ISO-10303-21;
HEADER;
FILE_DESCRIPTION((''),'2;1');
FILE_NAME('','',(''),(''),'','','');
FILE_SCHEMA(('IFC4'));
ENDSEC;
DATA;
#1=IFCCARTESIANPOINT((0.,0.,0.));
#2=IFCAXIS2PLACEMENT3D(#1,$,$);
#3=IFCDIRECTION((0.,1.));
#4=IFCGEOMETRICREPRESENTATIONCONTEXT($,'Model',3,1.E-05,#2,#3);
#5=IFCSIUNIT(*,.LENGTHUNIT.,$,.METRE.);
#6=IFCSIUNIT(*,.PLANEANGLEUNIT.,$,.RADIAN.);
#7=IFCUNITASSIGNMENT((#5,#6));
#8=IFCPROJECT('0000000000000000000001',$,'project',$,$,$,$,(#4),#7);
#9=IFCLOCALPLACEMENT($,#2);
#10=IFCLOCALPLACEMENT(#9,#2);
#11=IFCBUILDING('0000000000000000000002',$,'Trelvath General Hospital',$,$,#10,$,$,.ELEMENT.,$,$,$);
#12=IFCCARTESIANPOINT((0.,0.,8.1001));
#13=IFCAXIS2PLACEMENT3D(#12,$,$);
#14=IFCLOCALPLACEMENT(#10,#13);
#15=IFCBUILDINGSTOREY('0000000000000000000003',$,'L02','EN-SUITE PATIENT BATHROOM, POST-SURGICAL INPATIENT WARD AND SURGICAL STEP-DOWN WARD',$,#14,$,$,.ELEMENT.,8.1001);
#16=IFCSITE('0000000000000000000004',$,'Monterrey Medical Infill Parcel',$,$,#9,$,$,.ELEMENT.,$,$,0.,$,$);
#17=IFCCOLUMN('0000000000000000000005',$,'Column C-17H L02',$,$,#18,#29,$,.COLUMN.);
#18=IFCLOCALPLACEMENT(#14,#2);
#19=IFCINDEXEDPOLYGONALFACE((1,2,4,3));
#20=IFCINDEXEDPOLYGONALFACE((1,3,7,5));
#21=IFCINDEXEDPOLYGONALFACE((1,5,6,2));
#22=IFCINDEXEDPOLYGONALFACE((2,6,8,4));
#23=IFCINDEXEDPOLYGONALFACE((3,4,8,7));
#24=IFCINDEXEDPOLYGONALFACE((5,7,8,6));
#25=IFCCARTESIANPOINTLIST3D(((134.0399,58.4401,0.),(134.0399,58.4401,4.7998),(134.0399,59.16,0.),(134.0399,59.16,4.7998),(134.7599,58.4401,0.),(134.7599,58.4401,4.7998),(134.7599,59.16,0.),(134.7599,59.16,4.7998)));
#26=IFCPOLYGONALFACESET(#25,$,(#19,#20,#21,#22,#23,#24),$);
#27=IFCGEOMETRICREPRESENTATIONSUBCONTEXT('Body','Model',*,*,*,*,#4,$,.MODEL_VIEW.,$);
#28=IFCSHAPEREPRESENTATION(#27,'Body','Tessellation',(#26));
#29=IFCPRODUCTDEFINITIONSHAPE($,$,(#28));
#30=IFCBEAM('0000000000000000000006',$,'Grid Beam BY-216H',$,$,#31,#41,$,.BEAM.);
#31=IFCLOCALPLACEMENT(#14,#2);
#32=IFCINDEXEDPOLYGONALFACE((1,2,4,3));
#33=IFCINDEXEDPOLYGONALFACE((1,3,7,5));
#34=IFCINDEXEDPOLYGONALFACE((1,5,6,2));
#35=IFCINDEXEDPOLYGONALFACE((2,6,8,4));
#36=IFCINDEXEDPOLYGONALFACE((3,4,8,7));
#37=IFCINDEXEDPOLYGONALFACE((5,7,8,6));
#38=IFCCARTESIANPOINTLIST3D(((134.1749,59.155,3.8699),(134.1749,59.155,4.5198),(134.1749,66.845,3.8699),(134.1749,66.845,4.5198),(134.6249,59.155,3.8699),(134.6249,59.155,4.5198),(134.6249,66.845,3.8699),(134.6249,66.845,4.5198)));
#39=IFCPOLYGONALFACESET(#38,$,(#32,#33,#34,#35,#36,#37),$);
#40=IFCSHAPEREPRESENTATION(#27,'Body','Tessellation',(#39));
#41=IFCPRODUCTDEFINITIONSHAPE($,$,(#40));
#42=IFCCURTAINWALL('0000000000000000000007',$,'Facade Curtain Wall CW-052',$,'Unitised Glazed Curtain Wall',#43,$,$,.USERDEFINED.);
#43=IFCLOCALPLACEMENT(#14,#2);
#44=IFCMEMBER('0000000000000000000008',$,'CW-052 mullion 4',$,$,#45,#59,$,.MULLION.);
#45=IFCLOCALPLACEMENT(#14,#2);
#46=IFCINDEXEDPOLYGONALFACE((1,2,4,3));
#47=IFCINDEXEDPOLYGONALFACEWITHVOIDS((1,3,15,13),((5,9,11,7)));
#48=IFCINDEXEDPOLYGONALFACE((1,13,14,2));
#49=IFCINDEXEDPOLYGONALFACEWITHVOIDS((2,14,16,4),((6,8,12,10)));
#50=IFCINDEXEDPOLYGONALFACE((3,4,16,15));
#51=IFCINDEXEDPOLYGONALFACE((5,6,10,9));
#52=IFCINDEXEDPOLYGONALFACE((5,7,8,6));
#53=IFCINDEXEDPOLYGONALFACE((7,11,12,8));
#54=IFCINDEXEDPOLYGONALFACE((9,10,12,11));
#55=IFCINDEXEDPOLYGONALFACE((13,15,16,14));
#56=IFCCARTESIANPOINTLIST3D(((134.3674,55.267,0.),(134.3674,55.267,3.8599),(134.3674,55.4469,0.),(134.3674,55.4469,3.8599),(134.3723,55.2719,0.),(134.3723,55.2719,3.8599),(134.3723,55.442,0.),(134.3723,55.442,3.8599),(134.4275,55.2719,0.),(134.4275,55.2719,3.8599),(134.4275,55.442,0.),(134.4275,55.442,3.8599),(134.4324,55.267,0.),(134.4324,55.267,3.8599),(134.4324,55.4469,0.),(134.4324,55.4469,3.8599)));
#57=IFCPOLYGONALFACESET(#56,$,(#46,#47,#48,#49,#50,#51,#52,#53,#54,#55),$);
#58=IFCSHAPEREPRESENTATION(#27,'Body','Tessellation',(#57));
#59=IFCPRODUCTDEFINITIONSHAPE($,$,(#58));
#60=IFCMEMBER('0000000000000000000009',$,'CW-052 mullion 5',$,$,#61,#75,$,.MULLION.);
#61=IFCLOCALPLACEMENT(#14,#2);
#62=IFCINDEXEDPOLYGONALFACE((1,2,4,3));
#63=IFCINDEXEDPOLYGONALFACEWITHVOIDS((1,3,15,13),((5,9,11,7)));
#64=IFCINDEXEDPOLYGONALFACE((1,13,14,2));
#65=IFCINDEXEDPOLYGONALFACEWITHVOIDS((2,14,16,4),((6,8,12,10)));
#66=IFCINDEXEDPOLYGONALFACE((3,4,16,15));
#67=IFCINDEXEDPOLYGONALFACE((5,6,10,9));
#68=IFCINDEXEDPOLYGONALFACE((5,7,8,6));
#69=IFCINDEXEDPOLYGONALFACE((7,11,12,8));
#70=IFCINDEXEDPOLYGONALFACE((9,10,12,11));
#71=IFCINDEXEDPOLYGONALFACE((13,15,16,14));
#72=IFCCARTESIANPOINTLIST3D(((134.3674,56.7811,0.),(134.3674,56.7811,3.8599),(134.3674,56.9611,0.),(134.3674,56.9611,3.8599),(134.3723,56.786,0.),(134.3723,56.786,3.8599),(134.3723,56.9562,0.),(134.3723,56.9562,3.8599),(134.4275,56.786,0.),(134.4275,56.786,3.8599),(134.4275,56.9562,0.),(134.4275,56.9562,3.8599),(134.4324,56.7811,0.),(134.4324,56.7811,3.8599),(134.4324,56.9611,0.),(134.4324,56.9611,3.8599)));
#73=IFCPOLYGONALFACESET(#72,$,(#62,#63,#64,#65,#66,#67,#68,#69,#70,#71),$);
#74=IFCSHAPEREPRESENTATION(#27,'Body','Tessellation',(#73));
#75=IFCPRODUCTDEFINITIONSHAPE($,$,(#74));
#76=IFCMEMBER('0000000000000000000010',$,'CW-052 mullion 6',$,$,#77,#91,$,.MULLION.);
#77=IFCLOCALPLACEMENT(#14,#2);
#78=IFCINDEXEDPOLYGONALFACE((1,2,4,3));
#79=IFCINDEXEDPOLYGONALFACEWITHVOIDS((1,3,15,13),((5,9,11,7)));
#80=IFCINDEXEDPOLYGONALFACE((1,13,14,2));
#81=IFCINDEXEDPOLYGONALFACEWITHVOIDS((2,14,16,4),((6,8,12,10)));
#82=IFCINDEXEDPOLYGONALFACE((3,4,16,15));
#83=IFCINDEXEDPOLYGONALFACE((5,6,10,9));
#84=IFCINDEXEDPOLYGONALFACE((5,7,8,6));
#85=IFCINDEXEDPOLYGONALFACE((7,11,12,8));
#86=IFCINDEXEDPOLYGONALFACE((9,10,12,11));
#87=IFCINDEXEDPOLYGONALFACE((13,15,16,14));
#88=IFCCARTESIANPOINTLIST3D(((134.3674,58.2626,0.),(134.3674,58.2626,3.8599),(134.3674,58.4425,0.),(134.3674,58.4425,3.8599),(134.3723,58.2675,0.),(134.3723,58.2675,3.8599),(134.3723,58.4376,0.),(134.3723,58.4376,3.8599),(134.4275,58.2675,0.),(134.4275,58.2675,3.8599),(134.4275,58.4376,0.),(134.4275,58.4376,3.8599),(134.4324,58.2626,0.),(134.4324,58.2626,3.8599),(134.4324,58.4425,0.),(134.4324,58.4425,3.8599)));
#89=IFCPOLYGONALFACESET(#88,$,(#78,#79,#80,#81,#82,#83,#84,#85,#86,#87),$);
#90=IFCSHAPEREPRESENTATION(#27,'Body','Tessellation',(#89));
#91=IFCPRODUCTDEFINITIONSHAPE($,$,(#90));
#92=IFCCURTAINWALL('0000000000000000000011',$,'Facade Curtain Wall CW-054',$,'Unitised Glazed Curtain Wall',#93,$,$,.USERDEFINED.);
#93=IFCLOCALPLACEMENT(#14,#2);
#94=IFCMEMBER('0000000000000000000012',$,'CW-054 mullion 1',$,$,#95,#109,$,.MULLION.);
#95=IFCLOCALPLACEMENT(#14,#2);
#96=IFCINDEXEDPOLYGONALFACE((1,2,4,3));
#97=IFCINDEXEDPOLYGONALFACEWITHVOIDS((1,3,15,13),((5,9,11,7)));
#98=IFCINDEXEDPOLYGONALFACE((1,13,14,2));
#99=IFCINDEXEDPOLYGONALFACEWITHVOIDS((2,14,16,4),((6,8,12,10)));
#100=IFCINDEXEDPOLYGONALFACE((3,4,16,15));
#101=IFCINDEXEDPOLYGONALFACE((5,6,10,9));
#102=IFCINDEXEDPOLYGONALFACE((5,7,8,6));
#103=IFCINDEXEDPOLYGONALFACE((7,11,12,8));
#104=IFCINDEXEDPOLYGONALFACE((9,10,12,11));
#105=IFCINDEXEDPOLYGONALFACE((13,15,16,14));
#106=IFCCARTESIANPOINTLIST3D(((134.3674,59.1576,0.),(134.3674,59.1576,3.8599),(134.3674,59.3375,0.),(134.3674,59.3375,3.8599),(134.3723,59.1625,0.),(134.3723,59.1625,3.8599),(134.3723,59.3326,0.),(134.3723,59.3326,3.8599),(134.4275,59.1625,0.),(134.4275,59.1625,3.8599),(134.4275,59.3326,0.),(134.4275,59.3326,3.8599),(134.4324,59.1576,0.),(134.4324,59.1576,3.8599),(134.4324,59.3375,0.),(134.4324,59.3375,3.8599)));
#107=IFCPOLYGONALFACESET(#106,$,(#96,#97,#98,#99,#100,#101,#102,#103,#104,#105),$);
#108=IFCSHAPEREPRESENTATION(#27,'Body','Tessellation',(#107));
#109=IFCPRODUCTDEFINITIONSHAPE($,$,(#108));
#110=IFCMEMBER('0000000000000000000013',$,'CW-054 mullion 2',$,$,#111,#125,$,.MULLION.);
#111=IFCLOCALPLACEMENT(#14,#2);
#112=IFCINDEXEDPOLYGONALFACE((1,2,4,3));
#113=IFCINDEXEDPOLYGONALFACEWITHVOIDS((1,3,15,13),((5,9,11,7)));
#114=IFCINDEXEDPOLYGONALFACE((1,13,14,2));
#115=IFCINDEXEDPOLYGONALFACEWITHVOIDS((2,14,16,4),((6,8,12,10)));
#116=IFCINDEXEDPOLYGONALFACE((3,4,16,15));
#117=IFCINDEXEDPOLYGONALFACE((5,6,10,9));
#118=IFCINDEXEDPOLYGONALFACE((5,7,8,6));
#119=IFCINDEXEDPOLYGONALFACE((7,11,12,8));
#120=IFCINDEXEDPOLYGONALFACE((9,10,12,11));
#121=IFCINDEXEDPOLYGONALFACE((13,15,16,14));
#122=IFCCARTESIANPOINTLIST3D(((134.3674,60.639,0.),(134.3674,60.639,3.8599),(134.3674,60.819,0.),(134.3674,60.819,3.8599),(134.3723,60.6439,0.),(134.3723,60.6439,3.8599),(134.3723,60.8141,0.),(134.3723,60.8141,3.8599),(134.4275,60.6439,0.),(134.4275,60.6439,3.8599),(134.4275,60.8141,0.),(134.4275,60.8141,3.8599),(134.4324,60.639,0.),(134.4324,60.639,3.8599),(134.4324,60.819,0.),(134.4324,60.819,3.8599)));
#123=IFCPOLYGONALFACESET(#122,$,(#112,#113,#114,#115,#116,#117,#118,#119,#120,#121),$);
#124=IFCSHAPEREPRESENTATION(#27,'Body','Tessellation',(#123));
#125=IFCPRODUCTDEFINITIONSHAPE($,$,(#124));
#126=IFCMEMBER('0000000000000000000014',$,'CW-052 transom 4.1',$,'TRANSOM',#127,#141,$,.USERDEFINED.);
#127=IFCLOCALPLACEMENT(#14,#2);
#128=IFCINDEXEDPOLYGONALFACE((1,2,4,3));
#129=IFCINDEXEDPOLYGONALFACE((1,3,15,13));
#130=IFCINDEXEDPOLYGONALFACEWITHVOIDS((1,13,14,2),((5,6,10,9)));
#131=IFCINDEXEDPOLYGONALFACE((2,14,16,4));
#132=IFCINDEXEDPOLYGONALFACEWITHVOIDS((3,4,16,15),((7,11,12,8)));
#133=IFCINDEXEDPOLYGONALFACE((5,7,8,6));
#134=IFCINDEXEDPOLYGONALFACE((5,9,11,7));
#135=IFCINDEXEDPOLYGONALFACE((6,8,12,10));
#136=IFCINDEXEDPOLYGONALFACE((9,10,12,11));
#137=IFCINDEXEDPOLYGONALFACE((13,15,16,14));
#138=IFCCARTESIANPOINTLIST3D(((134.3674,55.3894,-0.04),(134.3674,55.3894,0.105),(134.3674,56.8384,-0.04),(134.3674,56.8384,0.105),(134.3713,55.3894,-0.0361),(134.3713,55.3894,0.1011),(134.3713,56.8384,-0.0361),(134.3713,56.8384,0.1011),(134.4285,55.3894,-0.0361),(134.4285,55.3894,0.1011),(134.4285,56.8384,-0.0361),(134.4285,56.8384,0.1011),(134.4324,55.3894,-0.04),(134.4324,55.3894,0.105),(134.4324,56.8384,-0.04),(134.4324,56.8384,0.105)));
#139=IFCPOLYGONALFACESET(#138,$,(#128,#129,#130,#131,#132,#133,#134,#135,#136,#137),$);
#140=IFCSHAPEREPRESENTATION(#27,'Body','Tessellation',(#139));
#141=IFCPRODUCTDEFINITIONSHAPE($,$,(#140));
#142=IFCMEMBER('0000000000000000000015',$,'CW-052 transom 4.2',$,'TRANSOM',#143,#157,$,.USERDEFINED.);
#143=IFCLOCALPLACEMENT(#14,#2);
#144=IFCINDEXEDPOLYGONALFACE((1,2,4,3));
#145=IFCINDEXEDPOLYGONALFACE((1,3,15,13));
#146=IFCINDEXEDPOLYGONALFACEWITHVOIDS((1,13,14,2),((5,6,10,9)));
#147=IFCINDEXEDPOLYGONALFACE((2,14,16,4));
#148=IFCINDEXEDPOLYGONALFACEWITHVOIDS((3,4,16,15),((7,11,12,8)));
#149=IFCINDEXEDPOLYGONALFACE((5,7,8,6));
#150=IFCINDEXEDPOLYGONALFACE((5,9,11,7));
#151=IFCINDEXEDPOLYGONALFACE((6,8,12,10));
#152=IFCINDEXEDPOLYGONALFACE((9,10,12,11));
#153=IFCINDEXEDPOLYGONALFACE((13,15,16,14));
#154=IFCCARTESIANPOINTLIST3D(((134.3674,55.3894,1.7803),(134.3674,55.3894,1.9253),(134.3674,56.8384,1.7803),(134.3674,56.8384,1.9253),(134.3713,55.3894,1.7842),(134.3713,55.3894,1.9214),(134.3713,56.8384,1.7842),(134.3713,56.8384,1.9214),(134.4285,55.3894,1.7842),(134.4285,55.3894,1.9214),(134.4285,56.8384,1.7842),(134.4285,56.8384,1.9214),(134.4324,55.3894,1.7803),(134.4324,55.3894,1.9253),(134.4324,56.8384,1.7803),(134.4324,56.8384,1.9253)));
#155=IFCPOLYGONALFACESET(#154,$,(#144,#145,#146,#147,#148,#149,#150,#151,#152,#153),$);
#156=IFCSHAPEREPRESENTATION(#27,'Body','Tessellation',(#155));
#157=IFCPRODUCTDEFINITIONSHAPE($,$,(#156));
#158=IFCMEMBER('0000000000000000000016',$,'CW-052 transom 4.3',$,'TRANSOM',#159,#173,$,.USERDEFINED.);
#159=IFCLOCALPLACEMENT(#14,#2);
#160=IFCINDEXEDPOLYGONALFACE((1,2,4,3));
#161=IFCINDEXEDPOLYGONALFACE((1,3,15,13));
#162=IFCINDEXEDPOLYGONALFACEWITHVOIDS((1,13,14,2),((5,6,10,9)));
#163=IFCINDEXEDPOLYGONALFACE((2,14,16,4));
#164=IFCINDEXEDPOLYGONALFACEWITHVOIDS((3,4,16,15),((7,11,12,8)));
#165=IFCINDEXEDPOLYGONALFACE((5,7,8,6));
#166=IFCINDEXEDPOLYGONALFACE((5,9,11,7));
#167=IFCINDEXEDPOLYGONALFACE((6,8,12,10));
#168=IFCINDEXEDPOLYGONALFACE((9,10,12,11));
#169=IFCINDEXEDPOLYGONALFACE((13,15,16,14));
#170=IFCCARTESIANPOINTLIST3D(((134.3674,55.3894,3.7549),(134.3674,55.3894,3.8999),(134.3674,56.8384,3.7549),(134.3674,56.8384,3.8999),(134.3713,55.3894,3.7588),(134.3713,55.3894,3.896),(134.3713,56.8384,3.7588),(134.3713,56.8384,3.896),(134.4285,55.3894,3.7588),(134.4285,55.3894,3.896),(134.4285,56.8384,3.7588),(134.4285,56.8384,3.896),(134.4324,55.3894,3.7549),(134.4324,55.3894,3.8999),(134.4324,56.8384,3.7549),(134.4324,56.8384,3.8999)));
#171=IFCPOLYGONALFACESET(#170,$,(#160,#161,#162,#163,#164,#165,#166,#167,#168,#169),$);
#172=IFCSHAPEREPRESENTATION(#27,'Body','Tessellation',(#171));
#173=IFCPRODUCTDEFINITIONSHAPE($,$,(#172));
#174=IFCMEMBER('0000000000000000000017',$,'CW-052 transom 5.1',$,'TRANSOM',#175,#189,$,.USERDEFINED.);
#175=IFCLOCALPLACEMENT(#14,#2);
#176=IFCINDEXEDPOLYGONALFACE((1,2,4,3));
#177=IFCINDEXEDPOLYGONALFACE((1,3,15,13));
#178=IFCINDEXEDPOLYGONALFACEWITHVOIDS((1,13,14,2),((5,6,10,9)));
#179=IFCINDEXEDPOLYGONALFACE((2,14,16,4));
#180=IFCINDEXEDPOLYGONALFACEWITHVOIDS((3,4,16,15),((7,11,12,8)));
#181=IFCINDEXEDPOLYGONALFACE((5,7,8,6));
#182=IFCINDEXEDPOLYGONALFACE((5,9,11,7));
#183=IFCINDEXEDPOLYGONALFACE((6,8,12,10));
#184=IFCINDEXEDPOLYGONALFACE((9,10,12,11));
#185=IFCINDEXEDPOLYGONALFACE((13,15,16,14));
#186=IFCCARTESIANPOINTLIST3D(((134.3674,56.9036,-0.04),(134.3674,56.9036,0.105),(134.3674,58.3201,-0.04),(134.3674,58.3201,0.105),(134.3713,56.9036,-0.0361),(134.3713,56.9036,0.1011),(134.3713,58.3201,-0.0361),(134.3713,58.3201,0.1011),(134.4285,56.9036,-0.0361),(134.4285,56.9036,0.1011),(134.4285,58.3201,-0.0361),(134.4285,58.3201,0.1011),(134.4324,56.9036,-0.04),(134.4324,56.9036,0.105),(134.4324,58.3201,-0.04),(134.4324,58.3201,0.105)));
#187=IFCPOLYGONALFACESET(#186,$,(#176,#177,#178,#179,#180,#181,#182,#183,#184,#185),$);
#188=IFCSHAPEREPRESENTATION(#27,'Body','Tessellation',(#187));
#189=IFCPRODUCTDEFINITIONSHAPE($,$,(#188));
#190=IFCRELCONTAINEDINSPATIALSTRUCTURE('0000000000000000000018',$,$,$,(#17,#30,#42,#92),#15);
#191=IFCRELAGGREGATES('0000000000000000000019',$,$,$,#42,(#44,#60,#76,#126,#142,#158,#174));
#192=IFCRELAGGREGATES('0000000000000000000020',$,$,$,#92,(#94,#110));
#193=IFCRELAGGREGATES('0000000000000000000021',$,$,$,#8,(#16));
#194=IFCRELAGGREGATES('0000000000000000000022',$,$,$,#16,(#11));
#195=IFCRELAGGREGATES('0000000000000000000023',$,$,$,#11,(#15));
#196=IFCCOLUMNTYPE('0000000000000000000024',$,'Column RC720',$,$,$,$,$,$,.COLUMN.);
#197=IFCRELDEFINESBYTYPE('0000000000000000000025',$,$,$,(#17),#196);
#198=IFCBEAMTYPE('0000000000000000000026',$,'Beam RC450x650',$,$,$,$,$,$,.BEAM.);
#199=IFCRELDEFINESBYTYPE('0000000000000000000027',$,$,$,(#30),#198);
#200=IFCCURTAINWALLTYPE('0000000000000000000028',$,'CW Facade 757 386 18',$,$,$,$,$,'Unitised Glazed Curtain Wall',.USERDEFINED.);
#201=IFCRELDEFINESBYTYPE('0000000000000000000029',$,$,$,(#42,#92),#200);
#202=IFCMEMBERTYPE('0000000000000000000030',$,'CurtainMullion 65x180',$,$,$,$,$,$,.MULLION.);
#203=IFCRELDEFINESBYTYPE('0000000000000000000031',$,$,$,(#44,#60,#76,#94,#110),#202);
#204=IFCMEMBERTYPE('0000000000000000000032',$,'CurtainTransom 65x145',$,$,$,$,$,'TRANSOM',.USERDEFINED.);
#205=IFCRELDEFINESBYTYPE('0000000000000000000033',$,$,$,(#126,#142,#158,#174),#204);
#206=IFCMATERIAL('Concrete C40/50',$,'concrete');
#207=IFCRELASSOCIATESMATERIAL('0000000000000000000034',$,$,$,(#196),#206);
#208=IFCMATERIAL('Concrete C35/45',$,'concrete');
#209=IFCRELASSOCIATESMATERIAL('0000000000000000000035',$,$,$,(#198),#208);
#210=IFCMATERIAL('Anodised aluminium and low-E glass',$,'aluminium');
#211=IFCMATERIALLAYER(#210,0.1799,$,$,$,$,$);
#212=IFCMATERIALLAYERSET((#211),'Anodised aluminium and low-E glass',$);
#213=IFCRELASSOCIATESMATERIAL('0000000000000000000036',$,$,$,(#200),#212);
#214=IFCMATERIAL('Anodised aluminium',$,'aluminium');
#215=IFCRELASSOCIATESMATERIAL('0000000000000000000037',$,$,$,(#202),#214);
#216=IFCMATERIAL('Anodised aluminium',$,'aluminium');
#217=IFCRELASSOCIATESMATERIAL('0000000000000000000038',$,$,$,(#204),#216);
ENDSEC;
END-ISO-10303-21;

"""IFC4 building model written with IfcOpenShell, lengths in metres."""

from ifc_helpers import new_model, si_unit, direction, frame, origin, origin_2d, place, context, subcontext, project, spatial, rectangle, hollow_rectangle, extrude, material, layer, layer_set, material_profile, profile_set, type_object, element, aggregate, save


model = new_model("IFC4")

# Units and contexts
model_context = context("Model", 3, precision=1e-05, world=origin(), true_north=direction((0.0, 1.0)))
body_context = subcontext(model_context, "Body", "Model", "MODEL_VIEW")
ifc_project = project(units=[si_unit("LENGTHUNIT", "METRE"), si_unit("PLANEANGLEUNIT", "RADIAN")], contexts=[model_context])

# Site, building, storey
site_placement = place(None, origin())
site = spatial("IfcSite", under=ifc_project, at=site_placement, Name="Monterrey Medical Infill Parcel", CompositionType="ELEMENT", RefElevation=0.0)
building_placement = place(site_placement, origin())
building = spatial("IfcBuilding", under=site, at=building_placement, Name="Trelvath General Hospital", CompositionType="ELEMENT")
storey_placement = place(building_placement, frame((0.0, 0.0, 8.1001)))
storey = spatial("IfcBuildingStorey", under=building, at=storey_placement, Name="L02", Description="EN-SUITE PATIENT BATHROOM, POST-SURGICAL INPATIENT WARD AND SURGICAL STEP-DOWN WARD", CompositionType="ELEMENT", Elevation=8.1001)

# Column
ifc_material_1 = material(Name="Concrete C40/50", Category="concrete")
ifc_material_profile_1 = material_profile(ifc_material_1, rectangle(XDim=0.72, YDim=0.72, at=origin_2d()), Name="RC720x720")
ifc_profile_set_1 = profile_set([ifc_material_profile_1], Name="Concrete C40/50")
column_type = type_object("IfcColumnType", Name="Column RC720", PredefinedType="COLUMN", material=ifc_profile_set_1)
column_placement = place(storey_placement, frame((134.3999, 58.8, 0.0), z_axis=(0.0, 0.0, 1.0), x_axis=(1.0, 0.0, 0.0)))
element("IfcColumn", 1, at=column_placement, inside=storey, type_object=column_type, Name="Column C-17H L02", PredefinedType="COLUMN", context=body_context, shape_type="SweptSolid", body=[
    extrude(rectangle(XDim=0.72, YDim=0.72, at=origin_2d()), origin(), (0.0, 0.0, 1.0), 4.7998),
])

# Beam
ifc_material_2 = material(Name="Concrete C35/45", Category="concrete")
ifc_material_profile_2 = material_profile(ifc_material_2, rectangle(XDim=0.45, YDim=0.6499, at=origin_2d()), Name="RCB450x650")
ifc_profile_set_2 = profile_set([ifc_material_profile_2], Name="Concrete C35/45")
beam_type = type_object("IfcBeamType", Name="Beam RC450x650", PredefinedType="BEAM", material=ifc_profile_set_2)
beam_placement = place(storey_placement, frame((134.3999, 59.155, 4.1948), z_axis=(0.0, 1.0, 0.0), x_axis=(-1.0, 0.0, 0.0)))
element("IfcBeam", 2, at=beam_placement, inside=storey, type_object=beam_type, Name="Grid Beam BY-216H", PredefinedType="BEAM", context=body_context, shape_type="SweptSolid", body=[
    extrude(rectangle(XDim=0.45, YDim=0.6499, at=origin_2d()), origin(), (0.0, 0.0, 1.0), 7.6899),
])

# Curtain walls, members
ifc_material_3 = material(Name="Anodised aluminium and low-E glass", Category="aluminium")
ifc_layer_1 = layer(ifc_material_3, 0.1799)
ifc_layer_set_1 = layer_set([ifc_layer_1], Name="Anodised aluminium and low-E glass")
curtain_wall_type = type_object("IfcCurtainWallType", Name="CW Facade 757 386 18", ElementType="Unitised Glazed Curtain Wall", PredefinedType="USERDEFINED", material=ifc_layer_set_1)
curtain_wall_1_placement = place(storey_placement, origin())
curtain_wall_1 = element("IfcCurtainWall", 3, at=curtain_wall_1_placement, inside=storey, type_object=curtain_wall_type, Name="Facade Curtain Wall CW-052", ObjectType="Unitised Glazed Curtain Wall", PredefinedType="USERDEFINED")
ifc_material_4 = material(Name="Anodised aluminium", Category="aluminium")
ifc_material_profile_3 = material_profile(ifc_material_4, hollow_rectangle(XDim=0.0649, YDim=0.1799, WallThickness=0.0049, at=origin_2d()), Name="RHS65x180x5")
ifc_profile_set_3 = profile_set([ifc_material_profile_3], Name="Anodised aluminium")
member_type_1 = type_object("IfcMemberType", Name="CurtainMullion 65x180", PredefinedType="MULLION", material=ifc_profile_set_3)
member_1_placement = place(storey_placement, frame((134.3999, 55.3569, 0.0), z_axis=(0.0, 0.0, 1.0), x_axis=(-1.0, 0.0, 0.0)))
member_1 = element("IfcMember", 4, at=member_1_placement, type_object=member_type_1, Name="CW-052 mullion 4", PredefinedType="MULLION", context=body_context, shape_type="SweptSolid", body=[
    extrude(hollow_rectangle(XDim=0.0649, YDim=0.1799, WallThickness=0.0049, at=origin_2d()), origin(), (0.0, 0.0, 1.0), 3.8599),
])
member_2_placement = place(storey_placement, frame((134.3999, 56.8711, 0.0), z_axis=(0.0, 0.0, 1.0), x_axis=(-1.0, 0.0, 0.0)))
member_2 = element("IfcMember", 5, at=member_2_placement, type_object=member_type_1, Name="CW-052 mullion 5", PredefinedType="MULLION", context=body_context, shape_type="SweptSolid", body=[
    extrude(hollow_rectangle(XDim=0.0649, YDim=0.1799, WallThickness=0.0049, at=origin_2d()), origin(), (0.0, 0.0, 1.0), 3.8599),
])
member_3_placement = place(storey_placement, frame((134.3999, 58.3525, 0.0), z_axis=(0.0, 0.0, 1.0), x_axis=(-1.0, 0.0, 0.0)))
member_3 = element("IfcMember", 6, at=member_3_placement, type_object=member_type_1, Name="CW-052 mullion 6", PredefinedType="MULLION", context=body_context, shape_type="SweptSolid", body=[
    extrude(hollow_rectangle(XDim=0.0649, YDim=0.1799, WallThickness=0.0049, at=origin_2d()), origin(), (0.0, 0.0, 1.0), 3.8599),
])
curtain_wall_2_placement = place(storey_placement, origin())
curtain_wall_2 = element("IfcCurtainWall", 7, at=curtain_wall_2_placement, inside=storey, type_object=curtain_wall_type, Name="Facade Curtain Wall CW-054", ObjectType="Unitised Glazed Curtain Wall", PredefinedType="USERDEFINED")
member_4_placement = place(storey_placement, frame((134.3999, 59.2476, 0.0), z_axis=(0.0, 0.0, 1.0), x_axis=(-1.0, 0.0, 0.0)))
member_4 = element("IfcMember", 8, at=member_4_placement, type_object=member_type_1, Name="CW-054 mullion 1", PredefinedType="MULLION", context=body_context, shape_type="SweptSolid", body=[
    extrude(hollow_rectangle(XDim=0.0649, YDim=0.1799, WallThickness=0.0049, at=origin_2d()), origin(), (0.0, 0.0, 1.0), 3.8599),
])
member_5_placement = place(storey_placement, frame((134.3999, 60.729, 0.0), z_axis=(0.0, 0.0, 1.0), x_axis=(-1.0, 0.0, 0.0)))
member_5 = element("IfcMember", 9, at=member_5_placement, type_object=member_type_1, Name="CW-054 mullion 2", PredefinedType="MULLION", context=body_context, shape_type="SweptSolid", body=[
    extrude(hollow_rectangle(XDim=0.0649, YDim=0.1799, WallThickness=0.0049, at=origin_2d()), origin(), (0.0, 0.0, 1.0), 3.8599),
])

# Members
ifc_material_5 = material(Name="Anodised aluminium", Category="aluminium")
ifc_material_profile_4 = material_profile(ifc_material_5, hollow_rectangle(XDim=0.0649, YDim=0.145, WallThickness=0.0039, at=origin_2d()), Name="RHS65x145x4")
ifc_profile_set_4 = profile_set([ifc_material_profile_4], Name="Anodised aluminium")
member_type_2 = type_object("IfcMemberType", Name="CurtainTransom 65x145", ElementType="TRANSOM", PredefinedType="USERDEFINED", material=ifc_profile_set_4)
member_6_placement = place(storey_placement, frame((134.3999, 55.3894, 0.0325), z_axis=(0.0, 1.0, 0.0), x_axis=(-1.0, 0.0, 0.0)))
member_6 = element("IfcMember", 10, at=member_6_placement, type_object=member_type_2, Name="CW-052 transom 4.1", ObjectType="TRANSOM", PredefinedType="USERDEFINED", context=body_context, shape_type="SweptSolid", body=[
    extrude(hollow_rectangle(XDim=0.0649, YDim=0.145, WallThickness=0.0039, at=origin_2d()), origin(), (0.0, 0.0, 1.0), 1.449),
])
member_7_placement = place(storey_placement, frame((134.3999, 55.3894, 1.8528), z_axis=(0.0, 1.0, 0.0), x_axis=(-1.0, 0.0, 0.0)))
member_7 = element("IfcMember", 11, at=member_7_placement, type_object=member_type_2, Name="CW-052 transom 4.2", ObjectType="TRANSOM", PredefinedType="USERDEFINED", context=body_context, shape_type="SweptSolid", body=[
    extrude(hollow_rectangle(XDim=0.0649, YDim=0.145, WallThickness=0.0039, at=origin_2d()), origin(), (0.0, 0.0, 1.0), 1.449),
])
member_8_placement = place(storey_placement, frame((134.3999, 55.3894, 3.8274), z_axis=(0.0, 1.0, 0.0), x_axis=(-1.0, 0.0, 0.0)))
member_8 = element("IfcMember", 12, at=member_8_placement, type_object=member_type_2, Name="CW-052 transom 4.3", ObjectType="TRANSOM", PredefinedType="USERDEFINED", context=body_context, shape_type="SweptSolid", body=[
    extrude(hollow_rectangle(XDim=0.0649, YDim=0.145, WallThickness=0.0039, at=origin_2d()), origin(), (0.0, 0.0, 1.0), 1.449),
])
member_9_placement = place(storey_placement, frame((134.3999, 56.9036, 0.0325), z_axis=(0.0, 1.0, 0.0), x_axis=(-1.0, 0.0, 0.0)))
member_9 = element("IfcMember", 13, at=member_9_placement, type_object=member_type_2, Name="CW-052 transom 5.1", ObjectType="TRANSOM", PredefinedType="USERDEFINED", context=body_context, shape_type="SweptSolid", body=[
    extrude(hollow_rectangle(XDim=0.0649, YDim=0.145, WallThickness=0.0039, at=origin_2d()), origin(), (0.0, 0.0, 1.0), 1.4165),
])

aggregate(curtain_wall_1, [member_1, member_2, member_3, member_6, member_7, member_8, member_9])
aggregate(curtain_wall_2, [member_4, member_5])

save(model, "model.ifc")
